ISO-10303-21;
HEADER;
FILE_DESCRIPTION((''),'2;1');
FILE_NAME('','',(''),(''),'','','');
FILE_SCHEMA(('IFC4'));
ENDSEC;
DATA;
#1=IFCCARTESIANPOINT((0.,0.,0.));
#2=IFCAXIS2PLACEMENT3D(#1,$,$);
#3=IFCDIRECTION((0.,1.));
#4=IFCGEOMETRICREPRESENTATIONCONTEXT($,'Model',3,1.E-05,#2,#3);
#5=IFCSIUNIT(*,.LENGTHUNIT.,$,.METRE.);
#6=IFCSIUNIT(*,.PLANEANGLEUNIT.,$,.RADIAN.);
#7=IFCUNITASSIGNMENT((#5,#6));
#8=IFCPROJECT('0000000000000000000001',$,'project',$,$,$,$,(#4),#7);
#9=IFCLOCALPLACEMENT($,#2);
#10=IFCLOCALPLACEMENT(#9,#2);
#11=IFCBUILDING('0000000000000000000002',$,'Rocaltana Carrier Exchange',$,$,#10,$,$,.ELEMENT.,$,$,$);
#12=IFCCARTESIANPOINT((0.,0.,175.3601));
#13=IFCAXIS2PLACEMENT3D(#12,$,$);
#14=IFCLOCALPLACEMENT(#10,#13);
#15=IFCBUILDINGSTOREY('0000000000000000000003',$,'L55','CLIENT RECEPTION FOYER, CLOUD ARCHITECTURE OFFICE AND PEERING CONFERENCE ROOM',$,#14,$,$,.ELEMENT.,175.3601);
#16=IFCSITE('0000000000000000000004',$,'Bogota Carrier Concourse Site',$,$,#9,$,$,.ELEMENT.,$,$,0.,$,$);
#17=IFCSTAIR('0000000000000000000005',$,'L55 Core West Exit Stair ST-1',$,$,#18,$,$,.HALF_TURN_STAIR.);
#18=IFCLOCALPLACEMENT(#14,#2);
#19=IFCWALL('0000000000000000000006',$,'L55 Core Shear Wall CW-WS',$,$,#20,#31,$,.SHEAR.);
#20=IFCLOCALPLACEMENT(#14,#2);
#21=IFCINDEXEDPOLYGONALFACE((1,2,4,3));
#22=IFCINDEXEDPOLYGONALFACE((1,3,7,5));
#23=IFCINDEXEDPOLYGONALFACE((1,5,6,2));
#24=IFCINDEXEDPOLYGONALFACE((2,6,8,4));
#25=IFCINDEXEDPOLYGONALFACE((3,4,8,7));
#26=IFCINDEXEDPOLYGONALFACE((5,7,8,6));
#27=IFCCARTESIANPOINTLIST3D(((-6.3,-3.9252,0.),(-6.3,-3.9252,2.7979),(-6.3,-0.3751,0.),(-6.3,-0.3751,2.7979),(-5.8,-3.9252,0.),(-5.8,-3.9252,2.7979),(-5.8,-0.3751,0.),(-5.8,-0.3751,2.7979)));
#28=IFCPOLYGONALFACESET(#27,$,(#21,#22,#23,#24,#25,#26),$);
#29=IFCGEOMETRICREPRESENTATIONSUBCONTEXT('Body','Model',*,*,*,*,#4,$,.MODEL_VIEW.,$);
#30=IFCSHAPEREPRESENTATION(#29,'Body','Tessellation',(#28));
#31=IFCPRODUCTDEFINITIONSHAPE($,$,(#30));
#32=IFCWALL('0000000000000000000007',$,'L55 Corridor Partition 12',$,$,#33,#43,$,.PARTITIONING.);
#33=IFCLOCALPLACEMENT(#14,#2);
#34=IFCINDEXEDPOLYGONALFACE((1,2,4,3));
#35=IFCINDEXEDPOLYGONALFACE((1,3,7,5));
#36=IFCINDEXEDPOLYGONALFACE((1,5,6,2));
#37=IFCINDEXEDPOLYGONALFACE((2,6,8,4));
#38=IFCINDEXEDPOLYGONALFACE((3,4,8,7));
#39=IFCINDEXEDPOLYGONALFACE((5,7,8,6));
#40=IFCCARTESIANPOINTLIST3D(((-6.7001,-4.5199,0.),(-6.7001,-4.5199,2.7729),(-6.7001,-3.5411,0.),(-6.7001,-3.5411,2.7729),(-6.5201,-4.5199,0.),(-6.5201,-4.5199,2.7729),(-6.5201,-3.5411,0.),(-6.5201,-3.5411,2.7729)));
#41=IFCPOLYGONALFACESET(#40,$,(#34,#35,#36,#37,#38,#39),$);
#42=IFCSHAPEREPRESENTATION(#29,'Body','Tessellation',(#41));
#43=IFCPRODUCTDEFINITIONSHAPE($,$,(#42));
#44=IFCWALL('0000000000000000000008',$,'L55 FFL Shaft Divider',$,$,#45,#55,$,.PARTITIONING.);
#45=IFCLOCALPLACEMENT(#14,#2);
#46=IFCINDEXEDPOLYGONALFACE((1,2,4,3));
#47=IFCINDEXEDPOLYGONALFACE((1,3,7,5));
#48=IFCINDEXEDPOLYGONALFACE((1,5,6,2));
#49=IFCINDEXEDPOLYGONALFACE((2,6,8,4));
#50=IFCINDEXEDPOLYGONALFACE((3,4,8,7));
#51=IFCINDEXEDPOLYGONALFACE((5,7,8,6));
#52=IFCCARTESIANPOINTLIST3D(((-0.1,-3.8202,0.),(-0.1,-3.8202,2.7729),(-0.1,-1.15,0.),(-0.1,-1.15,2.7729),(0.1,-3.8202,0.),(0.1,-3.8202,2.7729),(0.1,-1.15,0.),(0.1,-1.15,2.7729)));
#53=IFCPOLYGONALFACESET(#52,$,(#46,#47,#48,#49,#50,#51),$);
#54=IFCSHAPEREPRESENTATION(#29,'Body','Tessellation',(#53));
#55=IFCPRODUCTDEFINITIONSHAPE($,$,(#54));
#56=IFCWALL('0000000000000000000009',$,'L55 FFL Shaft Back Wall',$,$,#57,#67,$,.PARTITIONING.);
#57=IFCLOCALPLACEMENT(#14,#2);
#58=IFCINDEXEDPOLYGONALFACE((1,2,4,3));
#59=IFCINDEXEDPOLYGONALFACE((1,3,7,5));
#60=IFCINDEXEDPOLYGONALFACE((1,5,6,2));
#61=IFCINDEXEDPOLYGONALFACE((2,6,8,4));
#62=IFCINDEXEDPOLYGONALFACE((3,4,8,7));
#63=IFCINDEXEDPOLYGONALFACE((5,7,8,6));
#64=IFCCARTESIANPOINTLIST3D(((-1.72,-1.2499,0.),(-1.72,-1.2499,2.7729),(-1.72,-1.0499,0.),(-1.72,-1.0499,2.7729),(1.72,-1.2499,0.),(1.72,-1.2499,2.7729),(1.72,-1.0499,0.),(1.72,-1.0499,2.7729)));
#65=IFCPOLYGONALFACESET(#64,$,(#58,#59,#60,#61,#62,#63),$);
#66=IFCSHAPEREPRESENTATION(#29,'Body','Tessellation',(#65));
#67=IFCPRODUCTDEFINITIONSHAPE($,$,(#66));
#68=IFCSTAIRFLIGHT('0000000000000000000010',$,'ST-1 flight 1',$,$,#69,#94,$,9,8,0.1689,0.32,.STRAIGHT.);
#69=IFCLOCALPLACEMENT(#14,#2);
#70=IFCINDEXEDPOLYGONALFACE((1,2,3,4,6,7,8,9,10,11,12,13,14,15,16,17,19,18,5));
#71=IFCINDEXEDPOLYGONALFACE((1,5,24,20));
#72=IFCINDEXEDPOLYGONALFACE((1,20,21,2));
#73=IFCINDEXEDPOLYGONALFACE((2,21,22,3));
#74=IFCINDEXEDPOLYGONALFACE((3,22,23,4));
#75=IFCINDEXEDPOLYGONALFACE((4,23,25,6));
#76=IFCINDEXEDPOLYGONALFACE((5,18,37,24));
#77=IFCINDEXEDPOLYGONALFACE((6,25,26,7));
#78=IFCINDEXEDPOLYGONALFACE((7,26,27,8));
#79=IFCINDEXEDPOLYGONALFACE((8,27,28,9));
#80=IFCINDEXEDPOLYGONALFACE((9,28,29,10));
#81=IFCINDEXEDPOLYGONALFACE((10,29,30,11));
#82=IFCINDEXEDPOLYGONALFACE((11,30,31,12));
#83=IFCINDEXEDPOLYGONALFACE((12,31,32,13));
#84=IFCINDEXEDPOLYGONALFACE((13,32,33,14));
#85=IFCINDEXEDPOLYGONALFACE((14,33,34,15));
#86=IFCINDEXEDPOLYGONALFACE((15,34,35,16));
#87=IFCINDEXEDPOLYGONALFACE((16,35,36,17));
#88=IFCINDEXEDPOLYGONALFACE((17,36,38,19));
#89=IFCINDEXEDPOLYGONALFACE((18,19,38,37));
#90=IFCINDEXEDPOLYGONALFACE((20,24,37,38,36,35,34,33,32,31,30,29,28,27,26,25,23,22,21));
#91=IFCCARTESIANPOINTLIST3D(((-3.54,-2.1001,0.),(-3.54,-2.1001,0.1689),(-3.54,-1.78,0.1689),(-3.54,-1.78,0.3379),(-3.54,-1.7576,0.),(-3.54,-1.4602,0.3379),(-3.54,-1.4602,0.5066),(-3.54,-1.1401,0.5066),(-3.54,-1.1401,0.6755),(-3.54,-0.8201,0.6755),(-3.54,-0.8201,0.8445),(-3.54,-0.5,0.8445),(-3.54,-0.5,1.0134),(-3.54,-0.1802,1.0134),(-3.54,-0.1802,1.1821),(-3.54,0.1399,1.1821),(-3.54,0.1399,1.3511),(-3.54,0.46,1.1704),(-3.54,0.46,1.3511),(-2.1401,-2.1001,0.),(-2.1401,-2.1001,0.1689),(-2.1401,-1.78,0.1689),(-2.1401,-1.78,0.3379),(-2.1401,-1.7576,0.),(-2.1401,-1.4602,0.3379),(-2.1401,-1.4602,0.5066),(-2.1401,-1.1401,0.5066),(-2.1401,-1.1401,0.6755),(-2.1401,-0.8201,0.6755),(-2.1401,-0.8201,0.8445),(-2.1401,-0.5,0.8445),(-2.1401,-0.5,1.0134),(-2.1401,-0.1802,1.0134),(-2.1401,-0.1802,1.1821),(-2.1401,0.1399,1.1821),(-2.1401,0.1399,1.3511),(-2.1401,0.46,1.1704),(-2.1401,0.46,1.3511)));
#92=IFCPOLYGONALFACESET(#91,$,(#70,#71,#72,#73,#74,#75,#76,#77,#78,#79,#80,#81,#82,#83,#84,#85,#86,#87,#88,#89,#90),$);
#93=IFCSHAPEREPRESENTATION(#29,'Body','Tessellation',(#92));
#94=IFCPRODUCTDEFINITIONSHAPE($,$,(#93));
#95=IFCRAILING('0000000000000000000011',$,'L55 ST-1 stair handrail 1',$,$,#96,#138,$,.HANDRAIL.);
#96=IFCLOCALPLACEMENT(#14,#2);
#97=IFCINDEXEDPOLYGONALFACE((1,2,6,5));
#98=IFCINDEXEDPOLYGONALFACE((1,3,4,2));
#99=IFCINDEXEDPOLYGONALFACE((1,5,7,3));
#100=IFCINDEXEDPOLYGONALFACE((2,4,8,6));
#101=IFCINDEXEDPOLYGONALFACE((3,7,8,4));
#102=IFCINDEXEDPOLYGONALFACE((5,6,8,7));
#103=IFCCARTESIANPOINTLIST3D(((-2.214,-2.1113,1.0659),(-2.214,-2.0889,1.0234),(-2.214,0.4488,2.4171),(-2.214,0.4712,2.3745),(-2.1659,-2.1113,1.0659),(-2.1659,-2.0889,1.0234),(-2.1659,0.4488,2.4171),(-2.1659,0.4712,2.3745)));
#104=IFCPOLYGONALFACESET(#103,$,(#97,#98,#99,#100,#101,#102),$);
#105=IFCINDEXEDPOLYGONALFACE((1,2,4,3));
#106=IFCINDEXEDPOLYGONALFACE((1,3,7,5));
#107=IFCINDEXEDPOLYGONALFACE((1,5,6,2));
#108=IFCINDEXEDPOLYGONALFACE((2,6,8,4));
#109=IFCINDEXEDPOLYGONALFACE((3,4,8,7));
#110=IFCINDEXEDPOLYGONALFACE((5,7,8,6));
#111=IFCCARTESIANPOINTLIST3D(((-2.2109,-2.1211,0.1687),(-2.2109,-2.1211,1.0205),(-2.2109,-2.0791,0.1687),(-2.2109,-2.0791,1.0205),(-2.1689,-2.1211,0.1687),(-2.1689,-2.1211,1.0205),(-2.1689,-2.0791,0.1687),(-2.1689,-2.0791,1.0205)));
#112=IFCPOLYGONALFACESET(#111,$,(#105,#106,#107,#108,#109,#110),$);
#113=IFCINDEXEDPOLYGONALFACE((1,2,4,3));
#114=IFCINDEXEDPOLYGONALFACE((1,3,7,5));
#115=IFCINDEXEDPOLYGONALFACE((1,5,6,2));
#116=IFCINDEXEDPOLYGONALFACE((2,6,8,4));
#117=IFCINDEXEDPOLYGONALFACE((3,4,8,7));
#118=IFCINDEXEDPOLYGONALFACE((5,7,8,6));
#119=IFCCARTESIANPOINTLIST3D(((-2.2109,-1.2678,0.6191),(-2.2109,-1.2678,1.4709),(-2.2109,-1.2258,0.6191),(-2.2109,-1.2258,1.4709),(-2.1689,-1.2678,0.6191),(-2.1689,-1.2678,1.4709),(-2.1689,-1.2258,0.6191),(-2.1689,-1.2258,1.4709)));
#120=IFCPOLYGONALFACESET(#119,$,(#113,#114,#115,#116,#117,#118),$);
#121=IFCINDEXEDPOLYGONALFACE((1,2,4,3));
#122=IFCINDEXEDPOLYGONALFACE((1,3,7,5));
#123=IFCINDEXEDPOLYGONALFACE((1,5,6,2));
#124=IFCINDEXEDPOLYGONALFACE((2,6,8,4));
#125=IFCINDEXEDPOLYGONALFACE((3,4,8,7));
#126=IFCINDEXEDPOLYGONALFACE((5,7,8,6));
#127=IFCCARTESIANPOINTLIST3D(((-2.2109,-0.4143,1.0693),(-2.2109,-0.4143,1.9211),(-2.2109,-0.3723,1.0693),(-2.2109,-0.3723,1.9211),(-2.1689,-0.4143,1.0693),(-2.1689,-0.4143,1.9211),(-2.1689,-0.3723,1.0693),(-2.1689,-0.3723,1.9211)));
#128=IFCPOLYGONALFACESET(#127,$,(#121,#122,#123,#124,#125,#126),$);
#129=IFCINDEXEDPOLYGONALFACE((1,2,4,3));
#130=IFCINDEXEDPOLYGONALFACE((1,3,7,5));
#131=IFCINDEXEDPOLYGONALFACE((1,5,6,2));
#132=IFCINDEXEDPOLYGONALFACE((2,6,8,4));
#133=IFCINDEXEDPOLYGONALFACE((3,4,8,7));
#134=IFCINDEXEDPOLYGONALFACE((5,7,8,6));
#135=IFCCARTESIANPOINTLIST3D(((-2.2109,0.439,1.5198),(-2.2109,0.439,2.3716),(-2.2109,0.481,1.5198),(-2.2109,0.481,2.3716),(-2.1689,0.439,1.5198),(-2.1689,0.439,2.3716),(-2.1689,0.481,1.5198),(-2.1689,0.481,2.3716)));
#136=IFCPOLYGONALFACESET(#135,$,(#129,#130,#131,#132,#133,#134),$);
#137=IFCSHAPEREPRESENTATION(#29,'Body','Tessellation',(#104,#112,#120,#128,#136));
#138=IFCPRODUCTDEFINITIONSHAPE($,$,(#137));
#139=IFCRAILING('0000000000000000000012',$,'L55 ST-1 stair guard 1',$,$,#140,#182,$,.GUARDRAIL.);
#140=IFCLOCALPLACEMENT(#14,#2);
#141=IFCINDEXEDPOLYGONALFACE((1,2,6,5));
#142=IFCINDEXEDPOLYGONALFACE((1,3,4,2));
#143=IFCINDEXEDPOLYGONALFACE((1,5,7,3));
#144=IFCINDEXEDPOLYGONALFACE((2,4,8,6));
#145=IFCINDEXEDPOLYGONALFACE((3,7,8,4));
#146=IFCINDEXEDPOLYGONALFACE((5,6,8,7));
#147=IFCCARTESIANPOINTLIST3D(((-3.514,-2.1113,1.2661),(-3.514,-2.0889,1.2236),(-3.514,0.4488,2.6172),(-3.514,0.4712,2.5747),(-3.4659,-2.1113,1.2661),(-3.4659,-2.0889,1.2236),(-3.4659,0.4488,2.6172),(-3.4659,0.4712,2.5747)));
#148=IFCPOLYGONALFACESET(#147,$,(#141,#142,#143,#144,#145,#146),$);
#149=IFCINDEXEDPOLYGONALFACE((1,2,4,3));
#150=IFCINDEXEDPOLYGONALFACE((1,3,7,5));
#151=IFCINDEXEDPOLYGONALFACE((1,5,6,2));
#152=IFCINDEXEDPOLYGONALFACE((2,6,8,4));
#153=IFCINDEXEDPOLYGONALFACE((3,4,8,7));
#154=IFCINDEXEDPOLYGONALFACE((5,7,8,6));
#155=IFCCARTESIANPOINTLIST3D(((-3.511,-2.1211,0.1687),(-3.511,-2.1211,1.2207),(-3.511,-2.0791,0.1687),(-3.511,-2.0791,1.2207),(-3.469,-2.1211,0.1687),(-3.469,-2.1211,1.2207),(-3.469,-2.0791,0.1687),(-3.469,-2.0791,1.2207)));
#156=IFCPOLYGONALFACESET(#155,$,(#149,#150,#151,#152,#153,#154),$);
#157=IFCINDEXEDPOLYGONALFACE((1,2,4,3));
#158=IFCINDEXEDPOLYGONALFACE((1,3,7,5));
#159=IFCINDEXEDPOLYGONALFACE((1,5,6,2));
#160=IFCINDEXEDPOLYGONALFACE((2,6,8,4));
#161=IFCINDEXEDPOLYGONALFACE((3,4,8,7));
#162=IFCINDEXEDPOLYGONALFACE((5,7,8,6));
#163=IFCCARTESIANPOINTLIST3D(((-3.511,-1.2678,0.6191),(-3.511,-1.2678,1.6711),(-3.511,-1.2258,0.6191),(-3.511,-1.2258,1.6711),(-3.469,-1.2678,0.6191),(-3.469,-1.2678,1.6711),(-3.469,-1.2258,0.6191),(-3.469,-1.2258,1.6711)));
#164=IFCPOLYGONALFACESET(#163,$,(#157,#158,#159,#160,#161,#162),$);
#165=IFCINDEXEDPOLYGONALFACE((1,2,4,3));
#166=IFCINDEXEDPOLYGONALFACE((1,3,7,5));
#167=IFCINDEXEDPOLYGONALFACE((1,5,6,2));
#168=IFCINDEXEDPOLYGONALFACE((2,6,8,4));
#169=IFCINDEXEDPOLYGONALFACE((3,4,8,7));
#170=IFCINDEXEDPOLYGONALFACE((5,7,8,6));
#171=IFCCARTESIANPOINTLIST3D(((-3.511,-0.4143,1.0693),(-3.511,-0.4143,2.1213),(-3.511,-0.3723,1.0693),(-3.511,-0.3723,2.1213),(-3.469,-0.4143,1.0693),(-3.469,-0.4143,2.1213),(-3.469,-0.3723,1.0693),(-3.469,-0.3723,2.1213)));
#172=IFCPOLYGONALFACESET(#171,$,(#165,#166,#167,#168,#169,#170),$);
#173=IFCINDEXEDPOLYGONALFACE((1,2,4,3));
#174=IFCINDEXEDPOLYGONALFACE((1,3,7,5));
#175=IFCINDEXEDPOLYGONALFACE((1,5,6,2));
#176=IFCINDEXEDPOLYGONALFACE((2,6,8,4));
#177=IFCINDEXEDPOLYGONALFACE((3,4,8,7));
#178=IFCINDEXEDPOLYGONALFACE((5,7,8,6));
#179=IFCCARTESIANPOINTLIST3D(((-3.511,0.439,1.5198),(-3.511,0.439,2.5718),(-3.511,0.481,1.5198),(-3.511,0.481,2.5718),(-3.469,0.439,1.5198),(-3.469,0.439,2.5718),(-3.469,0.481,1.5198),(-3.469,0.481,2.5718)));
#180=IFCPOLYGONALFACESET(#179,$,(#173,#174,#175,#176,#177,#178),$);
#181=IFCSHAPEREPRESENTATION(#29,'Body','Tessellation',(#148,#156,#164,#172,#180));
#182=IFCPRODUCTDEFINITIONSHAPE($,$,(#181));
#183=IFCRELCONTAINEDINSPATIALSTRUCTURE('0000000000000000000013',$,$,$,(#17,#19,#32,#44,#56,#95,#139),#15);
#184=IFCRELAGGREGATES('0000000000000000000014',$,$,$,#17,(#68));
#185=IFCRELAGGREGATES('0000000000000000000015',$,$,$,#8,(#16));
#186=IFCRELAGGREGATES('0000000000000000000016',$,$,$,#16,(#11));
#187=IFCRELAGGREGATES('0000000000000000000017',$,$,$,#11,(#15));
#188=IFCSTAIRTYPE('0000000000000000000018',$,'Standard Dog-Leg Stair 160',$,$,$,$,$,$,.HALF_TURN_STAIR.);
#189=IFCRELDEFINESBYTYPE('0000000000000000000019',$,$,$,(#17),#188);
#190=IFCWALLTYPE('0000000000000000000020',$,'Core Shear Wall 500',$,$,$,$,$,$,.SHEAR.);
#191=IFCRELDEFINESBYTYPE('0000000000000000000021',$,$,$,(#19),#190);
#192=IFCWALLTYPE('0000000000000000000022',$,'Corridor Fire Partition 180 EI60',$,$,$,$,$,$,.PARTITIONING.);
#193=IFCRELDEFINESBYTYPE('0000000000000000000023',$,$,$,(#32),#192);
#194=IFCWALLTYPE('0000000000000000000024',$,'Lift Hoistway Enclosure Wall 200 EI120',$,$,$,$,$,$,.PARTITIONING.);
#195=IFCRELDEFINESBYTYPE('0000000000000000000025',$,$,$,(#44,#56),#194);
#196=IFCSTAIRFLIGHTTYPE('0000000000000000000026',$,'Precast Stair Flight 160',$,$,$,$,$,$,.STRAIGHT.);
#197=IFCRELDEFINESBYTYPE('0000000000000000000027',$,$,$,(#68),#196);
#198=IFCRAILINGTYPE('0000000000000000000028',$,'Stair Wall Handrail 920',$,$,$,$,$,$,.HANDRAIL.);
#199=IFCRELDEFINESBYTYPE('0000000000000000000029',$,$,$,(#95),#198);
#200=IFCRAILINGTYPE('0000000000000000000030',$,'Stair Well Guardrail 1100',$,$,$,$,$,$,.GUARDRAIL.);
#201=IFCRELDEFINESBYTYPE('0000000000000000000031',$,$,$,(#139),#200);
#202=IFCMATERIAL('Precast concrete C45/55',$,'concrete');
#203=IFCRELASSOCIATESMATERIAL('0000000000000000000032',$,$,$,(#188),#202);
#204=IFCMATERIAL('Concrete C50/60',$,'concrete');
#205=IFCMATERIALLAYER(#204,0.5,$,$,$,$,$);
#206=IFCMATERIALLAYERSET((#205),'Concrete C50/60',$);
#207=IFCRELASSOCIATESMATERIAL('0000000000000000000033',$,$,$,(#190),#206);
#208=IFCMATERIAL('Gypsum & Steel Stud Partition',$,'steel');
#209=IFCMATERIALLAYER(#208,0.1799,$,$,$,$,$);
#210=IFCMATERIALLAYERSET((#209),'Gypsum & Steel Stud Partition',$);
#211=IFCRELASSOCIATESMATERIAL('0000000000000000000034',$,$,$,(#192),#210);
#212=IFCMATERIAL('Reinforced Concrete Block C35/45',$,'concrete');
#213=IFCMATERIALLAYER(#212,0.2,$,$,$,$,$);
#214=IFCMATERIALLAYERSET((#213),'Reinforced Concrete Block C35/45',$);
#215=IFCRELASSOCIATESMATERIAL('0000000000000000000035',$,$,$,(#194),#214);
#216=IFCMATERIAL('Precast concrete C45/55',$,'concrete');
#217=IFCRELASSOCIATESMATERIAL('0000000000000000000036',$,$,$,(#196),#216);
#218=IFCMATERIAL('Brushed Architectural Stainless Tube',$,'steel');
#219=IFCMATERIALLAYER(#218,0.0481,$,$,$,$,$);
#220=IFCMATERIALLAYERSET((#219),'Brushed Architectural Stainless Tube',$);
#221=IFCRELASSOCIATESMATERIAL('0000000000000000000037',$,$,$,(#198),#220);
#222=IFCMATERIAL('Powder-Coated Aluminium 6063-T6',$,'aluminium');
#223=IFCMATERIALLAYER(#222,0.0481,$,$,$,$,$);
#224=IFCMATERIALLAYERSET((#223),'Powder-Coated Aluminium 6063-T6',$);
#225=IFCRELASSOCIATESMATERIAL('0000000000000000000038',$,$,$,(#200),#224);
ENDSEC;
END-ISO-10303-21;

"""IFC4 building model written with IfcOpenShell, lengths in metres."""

from ifc_helpers import new_model, si_unit, direction, frame, frame_2d, origin, origin_2d, place, context, subcontext, project, spatial, polyline, rectangle, outline, extrude, material, layer, layer_set, type_object, element, aggregate, save


model = new_model("IFC4")

# Units and contexts
model_context = context("Model", 3, precision=1e-05, world=origin(), true_north=direction((0.0, 1.0)))
body_context = subcontext(model_context, "Body", "Model", "MODEL_VIEW")
ifc_project = project(units=[si_unit("LENGTHUNIT", "METRE"), si_unit("PLANEANGLEUNIT", "RADIAN")], contexts=[model_context])

# Site, building, storey
site_placement = place(None, origin())
site = spatial("IfcSite", under=ifc_project, at=site_placement, Name="Bogota Carrier Concourse Site", CompositionType="ELEMENT", RefElevation=0.0)
building_placement = place(site_placement, origin())
building = spatial("IfcBuilding", under=site, at=building_placement, Name="Rocaltana Carrier Exchange", CompositionType="ELEMENT")
storey_placement = place(building_placement, frame((0.0, 0.0, 175.3601)))
storey = spatial("IfcBuildingStorey", under=building, at=storey_placement, Name="L55", Description="CLIENT RECEPTION FOYER, CLOUD ARCHITECTURE OFFICE AND PEERING CONFERENCE ROOM", CompositionType="ELEMENT", Elevation=175.3601)

# Stair
ifc_material_1 = material(Name="Precast concrete C45/55", Category="concrete")
stair_type = type_object("IfcStairType", Name="Standard Dog-Leg Stair 160", PredefinedType="HALF_TURN_STAIR", material=ifc_material_1)
stair_placement = place(storey_placement, origin())
stair = element("IfcStair", 1, at=stair_placement, inside=storey, type_object=stair_type, Name="L55 Core West Exit Stair ST-1", PredefinedType="HALF_TURN_STAIR")

# Walls
ifc_material_2 = material(Name="Concrete C50/60", Category="concrete")
ifc_layer_1 = layer(ifc_material_2, 0.5)
ifc_layer_set_1 = layer_set([ifc_layer_1], Name="Concrete C50/60")
wall_type_1 = type_object("IfcWallType", Name="Core Shear Wall 500", PredefinedType="SHEAR", material=ifc_layer_set_1)
wall_1_placement = place(storey_placement, frame((-6.05, -3.925, 0.0), z_axis=(0.0, 0.0, 1.0), x_axis=(0.0, 1.0, 0.0)))
element("IfcWall", 2, at=wall_1_placement, inside=storey, type_object=wall_type_1, Name="L55 Core Shear Wall CW-WS", PredefinedType="SHEAR", context=body_context, shape_type="SweptSolid", body=[
    extrude(rectangle(XDim=3.55, YDim=0.5, at=frame_2d((1.7749, 0.0))), origin(), (0.0, 0.0, 1.0), 2.7979),
])
ifc_material_3 = material(Name="Gypsum & Steel Stud Partition", Category="steel")
ifc_layer_2 = layer(ifc_material_3, 0.1799)
ifc_layer_set_2 = layer_set([ifc_layer_2], Name="Gypsum & Steel Stud Partition")
wall_type_2 = type_object("IfcWallType", Name="Corridor Fire Partition 180 EI60", PredefinedType="PARTITIONING", material=ifc_layer_set_2)
wall_2_placement = place(storey_placement, frame((-6.6101, -3.5413, 0.0), z_axis=(0.0, 0.0, 1.0), x_axis=(0.0, -1.0, 0.0)))
element("IfcWall", 3, at=wall_2_placement, inside=storey, type_object=wall_type_2, Name="L55 Corridor Partition 12", PredefinedType="PARTITIONING", context=body_context, shape_type="SweptSolid", body=[
    extrude(rectangle(XDim=0.9788, YDim=0.1799, at=frame_2d((0.4893, 0.0))), origin(), (0.0, 0.0, 1.0), 2.7729),
])
ifc_material_4 = material(Name="Reinforced Concrete Block C35/45", Category="concrete")
ifc_layer_3 = layer(ifc_material_4, 0.2)
ifc_layer_set_3 = layer_set([ifc_layer_3], Name="Reinforced Concrete Block C35/45")
wall_type_3 = type_object("IfcWallType", Name="Lift Hoistway Enclosure Wall 200 EI120", PredefinedType="PARTITIONING", material=ifc_layer_set_3)
wall_3_placement = place(storey_placement, frame((0.0, -3.8201, 0.0), z_axis=(0.0, 0.0, 1.0), x_axis=(0.0, 1.0, 0.0)))
element("IfcWall", 4, at=wall_3_placement, inside=storey, type_object=wall_type_3, Name="L55 FFL Shaft Divider", PredefinedType="PARTITIONING", context=body_context, shape_type="SweptSolid", body=[
    extrude(rectangle(XDim=2.6702, YDim=0.2, at=frame_2d((1.335, 0.0))), origin(), (0.0, 0.0, 1.0), 2.7729),
])
wall_4_placement = place(storey_placement, frame((-1.72, -1.1499, 0.0), z_axis=(0.0, 0.0, 1.0), x_axis=(1.0, 0.0, 0.0)))
element("IfcWall", 5, at=wall_4_placement, inside=storey, type_object=wall_type_3, Name="L55 FFL Shaft Back Wall", PredefinedType="PARTITIONING", context=body_context, shape_type="SweptSolid", body=[
    extrude(rectangle(XDim=3.4399, YDim=0.2, at=frame_2d((1.72, 0.0))), origin(), (0.0, 0.0, 1.0), 2.7729),
])

# Stair flight
ifc_material_5 = material(Name="Precast concrete C45/55", Category="concrete")
stair_flight_type = type_object("IfcStairFlightType", Name="Precast Stair Flight 160", PredefinedType="STRAIGHT", material=ifc_material_5)
stair_flight_placement = place(storey_placement, frame((-2.8401, -2.1001, 0.0), z_axis=(0.0, 0.0, 1.0), x_axis=(0.0, 1.0, 0.0)))
stair_flight = element("IfcStairFlight", 6, at=stair_flight_placement, type_object=stair_flight_type, Name="ST-1 flight 1", NumberOfRisers=9, NumberOfTreads=8, PredefinedType="STRAIGHT", RiserHeight=0.1689, TreadLength=0.32, context=body_context, shape_type="SweptSolid", body=[
    extrude(outline(polyline([(0.0, 0.0), (0.0, 0.1689), (0.3201, 0.1689), (0.3201, 0.3379), (0.6399, 0.3379), (0.6399, 0.5066), (0.96, 0.5066), (0.96, 0.6755), (1.28, 0.6755), (1.28, 0.8445), (1.6001, 0.8445), (1.6001, 1.0134), (1.9199, 1.0134), (1.9199, 1.1821), (2.24, 1.1821), (2.24, 1.3511), (2.5601, 1.3511), (2.5601, 1.52), (2.5601, 1.1704), (0.3425, 0.0), (0.0, 0.0)])), frame((0.0, 0.7, 0.0), z_axis=(0.0, -1.0, 0.0), x_axis=(1.0, 0.0, 0.0)), (0.0, 0.0, 1.0), 1.3999),
])
aggregate(stair, [stair_flight])

# Railings
ifc_material_6 = material(Name="Brushed Architectural Stainless Tube", Category="steel")
ifc_layer_4 = layer(ifc_material_6, 0.0481)
ifc_layer_set_4 = layer_set([ifc_layer_4], Name="Brushed Architectural Stainless Tube")
railing_type_1 = type_object("IfcRailingType", Name="Stair Wall Handrail 920", PredefinedType="HANDRAIL", material=ifc_layer_set_4)
railing_1_placement = place(storey_placement, frame((-2.1899, -2.1001, 0.1687)))
element("IfcRailing", 7, at=railing_1_placement, inside=storey, type_object=railing_type_1, Name="L55 ST-1 stair handrail 1", PredefinedType="HANDRAIL", context=body_context, shape_type="SweptSolid", body=[
    extrude(rectangle(XDim=0.0481, YDim=0.0481, at=origin_2d()), frame((0.0, 0.0, 0.876), z_axis=(0.0, 0.884394, 0.46674), x_axis=(-1.0, 0.0, 0.0)), (0.0, 0.0, 1.0), 2.8948),
    extrude(rectangle(XDim=0.042, YDim=0.042, at=origin_2d()), origin(), (0.0, 0.0, 1.0), 0.8518),
    extrude(rectangle(XDim=0.042, YDim=0.042, at=origin_2d()), frame((0.0, 0.8533, 0.4504)), (0.0, 0.0, 1.0), 0.8518),
    extrude(rectangle(XDim=0.042, YDim=0.042, at=origin_2d()), frame((0.0, 1.7068, 0.9006)), (0.0, 0.0, 1.0), 0.8518),
    extrude(rectangle(XDim=0.042, YDim=0.042, at=origin_2d()), frame((0.0, 2.5601, 1.3511)), (0.0, 0.0, 1.0), 0.8518),
])
ifc_material_7 = material(Name="Powder-Coated Aluminium 6063-T6", Category="aluminium")
ifc_layer_5 = layer(ifc_material_7, 0.0481)
ifc_layer_set_5 = layer_set([ifc_layer_5], Name="Powder-Coated Aluminium 6063-T6")
railing_type_2 = type_object("IfcRailingType", Name="Stair Well Guardrail 1100", PredefinedType="GUARDRAIL", material=ifc_layer_set_5)
railing_2_placement = place(storey_placement, frame((-3.49, -2.1001, 0.1687)))
element("IfcRailing", 8, at=railing_2_placement, inside=storey, type_object=railing_type_2, Name="L55 ST-1 stair guard 1", PredefinedType="GUARDRAIL", context=body_context, shape_type="SweptSolid", body=[
    extrude(rectangle(XDim=0.0481, YDim=0.0481, at=origin_2d()), frame((0.0, 0.0, 1.0762), z_axis=(0.0, 0.884394, 0.46674), x_axis=(-1.0, 0.0, 0.0)), (0.0, 0.0, 1.0), 2.8948),
    extrude(rectangle(XDim=0.042, YDim=0.042, at=origin_2d()), origin(), (0.0, 0.0, 1.0), 1.052),
    extrude(rectangle(XDim=0.042, YDim=0.042, at=origin_2d()), frame((0.0, 0.8533, 0.4504)), (0.0, 0.0, 1.0), 1.052),
    extrude(rectangle(XDim=0.042, YDim=0.042, at=origin_2d()), frame((0.0, 1.7068, 0.9006)), (0.0, 0.0, 1.0), 1.052),
    extrude(rectangle(XDim=0.042, YDim=0.042, at=origin_2d()), frame((0.0, 2.5601, 1.3511)), (0.0, 0.0, 1.0), 1.052),
])

save(model, "model.ifc")
